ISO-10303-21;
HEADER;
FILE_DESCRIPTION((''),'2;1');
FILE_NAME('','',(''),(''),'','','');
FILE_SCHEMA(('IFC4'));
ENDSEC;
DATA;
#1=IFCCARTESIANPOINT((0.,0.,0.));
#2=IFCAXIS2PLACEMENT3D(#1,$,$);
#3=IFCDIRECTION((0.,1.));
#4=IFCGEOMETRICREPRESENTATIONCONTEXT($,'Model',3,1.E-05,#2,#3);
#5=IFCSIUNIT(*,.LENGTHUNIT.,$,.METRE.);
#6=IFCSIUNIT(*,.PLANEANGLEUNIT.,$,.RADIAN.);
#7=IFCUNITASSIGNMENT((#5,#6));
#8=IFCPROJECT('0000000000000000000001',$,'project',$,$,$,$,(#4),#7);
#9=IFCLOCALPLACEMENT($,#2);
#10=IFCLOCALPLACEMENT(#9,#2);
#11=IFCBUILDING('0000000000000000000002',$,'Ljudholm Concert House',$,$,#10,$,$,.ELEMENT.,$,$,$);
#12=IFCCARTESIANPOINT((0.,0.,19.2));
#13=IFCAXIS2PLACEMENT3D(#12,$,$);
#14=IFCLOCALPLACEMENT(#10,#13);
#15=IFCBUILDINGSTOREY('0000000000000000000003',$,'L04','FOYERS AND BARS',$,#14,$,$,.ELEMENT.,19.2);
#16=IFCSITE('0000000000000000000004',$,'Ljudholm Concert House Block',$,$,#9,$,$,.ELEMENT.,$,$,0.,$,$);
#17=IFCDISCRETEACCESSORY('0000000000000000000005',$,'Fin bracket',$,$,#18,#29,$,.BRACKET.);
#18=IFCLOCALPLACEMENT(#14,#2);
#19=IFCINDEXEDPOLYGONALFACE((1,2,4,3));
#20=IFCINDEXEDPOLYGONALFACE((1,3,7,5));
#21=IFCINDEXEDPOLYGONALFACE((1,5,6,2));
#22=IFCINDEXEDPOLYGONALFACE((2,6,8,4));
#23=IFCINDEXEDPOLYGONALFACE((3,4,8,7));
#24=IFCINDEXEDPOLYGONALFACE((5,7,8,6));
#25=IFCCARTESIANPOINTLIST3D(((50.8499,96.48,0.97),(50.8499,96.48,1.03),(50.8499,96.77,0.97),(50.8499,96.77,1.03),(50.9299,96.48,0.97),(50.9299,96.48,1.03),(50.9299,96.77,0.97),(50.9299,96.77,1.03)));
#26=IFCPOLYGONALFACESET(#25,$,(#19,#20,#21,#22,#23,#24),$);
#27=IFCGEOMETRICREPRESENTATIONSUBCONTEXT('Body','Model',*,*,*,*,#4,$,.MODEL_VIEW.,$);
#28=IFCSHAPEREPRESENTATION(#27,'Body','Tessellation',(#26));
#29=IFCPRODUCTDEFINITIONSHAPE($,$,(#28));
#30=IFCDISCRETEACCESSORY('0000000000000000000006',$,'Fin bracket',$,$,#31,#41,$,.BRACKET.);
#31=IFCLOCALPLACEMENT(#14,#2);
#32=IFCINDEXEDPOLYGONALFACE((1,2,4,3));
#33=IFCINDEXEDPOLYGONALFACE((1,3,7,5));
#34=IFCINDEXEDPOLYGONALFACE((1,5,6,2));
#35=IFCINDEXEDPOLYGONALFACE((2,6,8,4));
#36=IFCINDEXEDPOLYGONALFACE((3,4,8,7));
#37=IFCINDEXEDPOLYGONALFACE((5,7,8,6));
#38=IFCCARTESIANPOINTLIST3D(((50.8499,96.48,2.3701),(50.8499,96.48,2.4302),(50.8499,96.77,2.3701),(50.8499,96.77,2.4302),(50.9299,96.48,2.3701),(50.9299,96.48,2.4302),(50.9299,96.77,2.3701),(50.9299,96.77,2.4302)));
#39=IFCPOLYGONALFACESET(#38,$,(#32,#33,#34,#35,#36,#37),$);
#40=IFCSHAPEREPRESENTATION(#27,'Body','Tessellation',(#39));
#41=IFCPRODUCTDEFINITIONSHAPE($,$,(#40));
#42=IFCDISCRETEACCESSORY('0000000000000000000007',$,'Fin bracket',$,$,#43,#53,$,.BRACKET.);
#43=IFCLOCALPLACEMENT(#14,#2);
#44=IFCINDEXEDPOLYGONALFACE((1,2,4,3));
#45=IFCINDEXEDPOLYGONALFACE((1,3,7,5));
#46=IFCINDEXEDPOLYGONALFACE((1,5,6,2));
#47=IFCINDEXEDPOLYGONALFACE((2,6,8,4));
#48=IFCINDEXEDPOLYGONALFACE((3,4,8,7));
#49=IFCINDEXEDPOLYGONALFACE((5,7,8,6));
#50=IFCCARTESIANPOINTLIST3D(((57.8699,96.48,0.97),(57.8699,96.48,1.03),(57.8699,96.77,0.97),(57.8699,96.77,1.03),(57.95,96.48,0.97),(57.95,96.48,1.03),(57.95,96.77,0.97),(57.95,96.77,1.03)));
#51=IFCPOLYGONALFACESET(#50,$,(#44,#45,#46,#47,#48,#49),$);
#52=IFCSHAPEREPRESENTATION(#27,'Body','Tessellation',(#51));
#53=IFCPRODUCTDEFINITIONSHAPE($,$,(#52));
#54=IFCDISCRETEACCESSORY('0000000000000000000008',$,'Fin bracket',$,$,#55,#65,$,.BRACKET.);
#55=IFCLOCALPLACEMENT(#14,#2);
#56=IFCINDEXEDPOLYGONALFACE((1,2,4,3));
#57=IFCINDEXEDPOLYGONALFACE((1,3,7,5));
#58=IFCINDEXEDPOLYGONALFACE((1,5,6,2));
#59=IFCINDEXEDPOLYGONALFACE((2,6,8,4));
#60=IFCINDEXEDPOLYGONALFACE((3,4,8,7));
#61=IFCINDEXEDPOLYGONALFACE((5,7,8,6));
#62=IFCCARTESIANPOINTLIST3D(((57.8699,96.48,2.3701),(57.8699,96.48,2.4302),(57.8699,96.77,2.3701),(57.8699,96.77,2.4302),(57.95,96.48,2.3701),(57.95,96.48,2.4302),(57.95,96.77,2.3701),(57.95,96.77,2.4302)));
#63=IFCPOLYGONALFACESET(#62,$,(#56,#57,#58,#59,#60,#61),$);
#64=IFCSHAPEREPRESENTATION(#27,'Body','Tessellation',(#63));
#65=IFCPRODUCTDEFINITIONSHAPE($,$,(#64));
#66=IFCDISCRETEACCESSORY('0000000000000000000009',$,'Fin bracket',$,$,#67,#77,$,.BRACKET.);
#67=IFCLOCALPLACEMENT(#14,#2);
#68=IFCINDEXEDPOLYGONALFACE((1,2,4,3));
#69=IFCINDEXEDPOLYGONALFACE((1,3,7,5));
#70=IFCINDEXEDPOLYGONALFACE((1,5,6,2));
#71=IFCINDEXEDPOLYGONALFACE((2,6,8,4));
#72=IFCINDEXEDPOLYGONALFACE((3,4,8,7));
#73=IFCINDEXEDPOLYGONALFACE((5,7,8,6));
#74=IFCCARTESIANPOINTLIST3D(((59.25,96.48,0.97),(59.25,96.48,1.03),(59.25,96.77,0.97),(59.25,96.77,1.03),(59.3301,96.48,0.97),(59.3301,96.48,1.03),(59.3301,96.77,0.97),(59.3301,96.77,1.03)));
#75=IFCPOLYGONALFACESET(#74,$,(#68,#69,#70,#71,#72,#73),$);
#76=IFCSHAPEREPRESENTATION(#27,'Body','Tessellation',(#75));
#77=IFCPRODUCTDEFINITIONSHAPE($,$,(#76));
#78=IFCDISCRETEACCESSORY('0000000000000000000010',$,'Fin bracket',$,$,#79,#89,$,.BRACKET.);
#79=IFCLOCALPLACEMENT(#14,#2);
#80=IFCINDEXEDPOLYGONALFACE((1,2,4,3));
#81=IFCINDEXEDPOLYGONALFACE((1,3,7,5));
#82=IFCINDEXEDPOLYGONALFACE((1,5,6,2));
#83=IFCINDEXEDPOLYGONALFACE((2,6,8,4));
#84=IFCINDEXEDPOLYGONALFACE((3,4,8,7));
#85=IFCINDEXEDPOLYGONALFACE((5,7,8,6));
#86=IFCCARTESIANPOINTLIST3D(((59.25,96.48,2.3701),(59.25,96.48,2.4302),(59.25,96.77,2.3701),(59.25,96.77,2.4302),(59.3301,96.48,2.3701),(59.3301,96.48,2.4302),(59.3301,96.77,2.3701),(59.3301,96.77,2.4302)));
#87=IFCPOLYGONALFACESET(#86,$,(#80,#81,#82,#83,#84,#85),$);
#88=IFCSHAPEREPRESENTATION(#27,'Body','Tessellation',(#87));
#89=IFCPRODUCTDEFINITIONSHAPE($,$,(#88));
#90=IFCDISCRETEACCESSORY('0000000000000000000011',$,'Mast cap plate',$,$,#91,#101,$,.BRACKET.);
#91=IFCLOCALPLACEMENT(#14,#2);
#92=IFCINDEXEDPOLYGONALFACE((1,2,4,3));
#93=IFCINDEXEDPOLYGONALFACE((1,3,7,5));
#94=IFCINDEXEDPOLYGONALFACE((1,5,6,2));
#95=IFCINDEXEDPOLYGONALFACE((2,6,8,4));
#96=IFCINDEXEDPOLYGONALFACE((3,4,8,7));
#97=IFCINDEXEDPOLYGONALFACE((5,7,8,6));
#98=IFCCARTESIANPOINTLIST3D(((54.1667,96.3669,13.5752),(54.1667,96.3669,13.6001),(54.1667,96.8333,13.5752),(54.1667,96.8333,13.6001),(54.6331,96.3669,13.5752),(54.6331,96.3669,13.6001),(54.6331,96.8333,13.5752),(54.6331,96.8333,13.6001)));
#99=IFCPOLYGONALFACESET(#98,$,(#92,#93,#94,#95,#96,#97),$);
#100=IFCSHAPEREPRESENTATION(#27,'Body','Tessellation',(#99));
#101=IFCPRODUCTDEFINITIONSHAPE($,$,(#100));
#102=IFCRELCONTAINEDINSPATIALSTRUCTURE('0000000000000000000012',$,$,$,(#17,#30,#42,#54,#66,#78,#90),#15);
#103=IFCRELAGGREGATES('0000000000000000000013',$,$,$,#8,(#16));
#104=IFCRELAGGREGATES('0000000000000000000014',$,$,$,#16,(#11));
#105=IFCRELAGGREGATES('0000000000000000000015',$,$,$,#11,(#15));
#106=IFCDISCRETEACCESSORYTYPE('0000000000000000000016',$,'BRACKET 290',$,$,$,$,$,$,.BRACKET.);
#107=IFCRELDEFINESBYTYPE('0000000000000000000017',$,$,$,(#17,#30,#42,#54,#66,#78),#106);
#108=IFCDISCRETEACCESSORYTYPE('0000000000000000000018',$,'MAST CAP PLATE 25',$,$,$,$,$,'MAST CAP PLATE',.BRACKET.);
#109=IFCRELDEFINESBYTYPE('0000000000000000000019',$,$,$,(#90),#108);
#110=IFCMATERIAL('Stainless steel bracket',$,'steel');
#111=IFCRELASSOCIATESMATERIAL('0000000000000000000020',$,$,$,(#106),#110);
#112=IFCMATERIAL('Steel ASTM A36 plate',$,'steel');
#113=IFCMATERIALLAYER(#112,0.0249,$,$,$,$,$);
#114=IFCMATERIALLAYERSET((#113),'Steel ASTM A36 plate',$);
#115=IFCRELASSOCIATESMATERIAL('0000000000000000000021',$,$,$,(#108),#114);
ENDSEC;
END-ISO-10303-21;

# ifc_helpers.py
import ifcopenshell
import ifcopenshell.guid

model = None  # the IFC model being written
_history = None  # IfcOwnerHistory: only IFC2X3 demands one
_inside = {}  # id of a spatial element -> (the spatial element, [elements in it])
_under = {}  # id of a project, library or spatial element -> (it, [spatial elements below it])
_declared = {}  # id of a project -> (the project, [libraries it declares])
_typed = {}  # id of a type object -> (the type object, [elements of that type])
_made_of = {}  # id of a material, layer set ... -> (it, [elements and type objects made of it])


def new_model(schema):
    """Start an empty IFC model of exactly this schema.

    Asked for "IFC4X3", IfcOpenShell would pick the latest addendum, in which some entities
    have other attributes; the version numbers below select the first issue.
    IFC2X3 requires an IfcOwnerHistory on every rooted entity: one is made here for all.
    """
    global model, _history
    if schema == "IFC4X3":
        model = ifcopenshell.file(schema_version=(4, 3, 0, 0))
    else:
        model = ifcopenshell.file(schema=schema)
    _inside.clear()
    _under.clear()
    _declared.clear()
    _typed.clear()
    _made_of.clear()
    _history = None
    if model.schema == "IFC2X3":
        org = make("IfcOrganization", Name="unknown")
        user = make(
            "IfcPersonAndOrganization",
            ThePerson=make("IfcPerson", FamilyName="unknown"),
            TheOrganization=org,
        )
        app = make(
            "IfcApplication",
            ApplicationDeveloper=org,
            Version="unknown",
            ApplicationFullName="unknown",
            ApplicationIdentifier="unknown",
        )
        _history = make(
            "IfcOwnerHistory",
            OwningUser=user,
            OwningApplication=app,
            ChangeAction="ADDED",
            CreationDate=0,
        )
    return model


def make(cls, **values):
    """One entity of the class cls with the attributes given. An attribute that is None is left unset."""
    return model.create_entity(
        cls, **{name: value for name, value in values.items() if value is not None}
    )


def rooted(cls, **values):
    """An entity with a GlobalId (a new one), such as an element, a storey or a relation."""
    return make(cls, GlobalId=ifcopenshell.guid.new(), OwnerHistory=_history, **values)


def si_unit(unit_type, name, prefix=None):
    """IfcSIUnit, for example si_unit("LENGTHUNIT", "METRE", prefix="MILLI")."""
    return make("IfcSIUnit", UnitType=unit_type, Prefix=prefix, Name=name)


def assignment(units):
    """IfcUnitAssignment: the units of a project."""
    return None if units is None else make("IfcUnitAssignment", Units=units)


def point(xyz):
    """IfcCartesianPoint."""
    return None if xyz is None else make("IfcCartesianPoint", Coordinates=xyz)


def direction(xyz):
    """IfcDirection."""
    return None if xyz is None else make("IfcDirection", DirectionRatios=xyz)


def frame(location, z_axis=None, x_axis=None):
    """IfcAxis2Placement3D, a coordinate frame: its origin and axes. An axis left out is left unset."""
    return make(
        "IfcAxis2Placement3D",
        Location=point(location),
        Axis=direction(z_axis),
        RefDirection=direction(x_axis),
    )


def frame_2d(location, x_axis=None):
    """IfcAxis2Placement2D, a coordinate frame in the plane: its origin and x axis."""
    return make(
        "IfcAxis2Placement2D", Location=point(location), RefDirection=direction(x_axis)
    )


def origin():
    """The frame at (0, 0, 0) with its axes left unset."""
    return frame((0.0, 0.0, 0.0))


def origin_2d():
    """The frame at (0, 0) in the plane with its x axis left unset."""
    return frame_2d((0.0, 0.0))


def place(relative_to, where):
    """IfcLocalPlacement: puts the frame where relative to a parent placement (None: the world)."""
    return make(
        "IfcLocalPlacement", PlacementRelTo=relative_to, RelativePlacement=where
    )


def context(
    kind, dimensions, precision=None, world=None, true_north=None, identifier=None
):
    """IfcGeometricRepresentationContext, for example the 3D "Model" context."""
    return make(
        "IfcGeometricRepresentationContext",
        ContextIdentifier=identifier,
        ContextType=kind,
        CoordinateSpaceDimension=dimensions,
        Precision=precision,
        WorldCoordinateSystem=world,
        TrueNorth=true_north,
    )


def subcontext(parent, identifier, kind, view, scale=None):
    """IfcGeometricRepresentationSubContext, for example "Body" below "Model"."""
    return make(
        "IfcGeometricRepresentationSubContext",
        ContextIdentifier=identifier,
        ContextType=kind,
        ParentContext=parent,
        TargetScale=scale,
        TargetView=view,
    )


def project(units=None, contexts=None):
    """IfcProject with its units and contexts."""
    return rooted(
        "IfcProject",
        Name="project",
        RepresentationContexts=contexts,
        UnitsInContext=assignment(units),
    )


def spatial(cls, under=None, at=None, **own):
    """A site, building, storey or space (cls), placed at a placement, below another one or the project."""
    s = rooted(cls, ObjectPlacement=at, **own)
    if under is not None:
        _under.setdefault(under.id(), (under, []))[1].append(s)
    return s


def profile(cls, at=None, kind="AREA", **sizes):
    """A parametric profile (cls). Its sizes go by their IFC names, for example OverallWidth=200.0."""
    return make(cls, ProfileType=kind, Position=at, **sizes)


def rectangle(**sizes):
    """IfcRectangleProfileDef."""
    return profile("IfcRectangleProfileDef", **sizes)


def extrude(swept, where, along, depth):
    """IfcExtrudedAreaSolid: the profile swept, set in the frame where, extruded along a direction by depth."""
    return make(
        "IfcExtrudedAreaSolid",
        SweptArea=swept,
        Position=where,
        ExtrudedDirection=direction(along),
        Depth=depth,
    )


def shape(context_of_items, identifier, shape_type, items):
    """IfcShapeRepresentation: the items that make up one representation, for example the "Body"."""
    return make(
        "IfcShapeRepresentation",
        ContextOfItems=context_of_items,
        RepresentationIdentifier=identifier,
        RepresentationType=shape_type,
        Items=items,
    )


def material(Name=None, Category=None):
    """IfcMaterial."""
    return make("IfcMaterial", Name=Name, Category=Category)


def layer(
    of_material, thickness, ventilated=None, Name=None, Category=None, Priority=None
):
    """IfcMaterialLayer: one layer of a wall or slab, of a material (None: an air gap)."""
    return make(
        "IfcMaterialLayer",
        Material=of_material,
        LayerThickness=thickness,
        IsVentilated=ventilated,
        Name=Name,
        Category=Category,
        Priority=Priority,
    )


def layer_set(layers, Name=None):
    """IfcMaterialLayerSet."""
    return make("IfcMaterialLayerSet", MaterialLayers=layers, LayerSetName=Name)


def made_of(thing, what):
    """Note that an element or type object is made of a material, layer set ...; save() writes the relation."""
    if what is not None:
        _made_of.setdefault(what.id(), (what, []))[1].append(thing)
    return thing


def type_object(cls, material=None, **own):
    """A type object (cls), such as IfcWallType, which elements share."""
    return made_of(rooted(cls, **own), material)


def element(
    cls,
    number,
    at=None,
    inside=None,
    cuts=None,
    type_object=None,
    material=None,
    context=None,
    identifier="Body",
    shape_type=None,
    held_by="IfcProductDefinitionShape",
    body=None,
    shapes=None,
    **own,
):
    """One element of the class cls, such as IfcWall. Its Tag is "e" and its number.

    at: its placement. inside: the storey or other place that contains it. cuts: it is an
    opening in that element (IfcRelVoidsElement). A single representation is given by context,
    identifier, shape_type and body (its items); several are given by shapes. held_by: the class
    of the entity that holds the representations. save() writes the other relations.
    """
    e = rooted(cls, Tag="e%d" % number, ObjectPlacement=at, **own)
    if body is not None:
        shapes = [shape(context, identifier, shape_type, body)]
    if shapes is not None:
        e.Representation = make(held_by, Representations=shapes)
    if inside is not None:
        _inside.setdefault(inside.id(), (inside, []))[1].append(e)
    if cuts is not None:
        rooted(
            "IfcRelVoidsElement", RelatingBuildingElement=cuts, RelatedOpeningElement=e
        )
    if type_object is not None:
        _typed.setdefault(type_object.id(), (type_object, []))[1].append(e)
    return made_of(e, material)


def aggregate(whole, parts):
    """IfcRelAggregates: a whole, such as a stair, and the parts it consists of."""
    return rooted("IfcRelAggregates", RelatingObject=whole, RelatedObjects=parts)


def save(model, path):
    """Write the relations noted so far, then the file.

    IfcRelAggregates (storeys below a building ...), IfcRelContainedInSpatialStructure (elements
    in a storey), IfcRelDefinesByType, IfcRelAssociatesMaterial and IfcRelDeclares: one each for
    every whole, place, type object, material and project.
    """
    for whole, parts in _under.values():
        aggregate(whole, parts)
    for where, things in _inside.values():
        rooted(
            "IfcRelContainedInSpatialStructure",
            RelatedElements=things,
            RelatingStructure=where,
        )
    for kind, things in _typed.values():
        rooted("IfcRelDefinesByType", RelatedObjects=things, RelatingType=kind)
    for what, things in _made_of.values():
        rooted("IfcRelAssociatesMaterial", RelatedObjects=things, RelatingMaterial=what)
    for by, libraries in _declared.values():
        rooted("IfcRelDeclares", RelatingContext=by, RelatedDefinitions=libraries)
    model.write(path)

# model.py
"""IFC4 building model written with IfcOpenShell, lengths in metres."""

from ifc_helpers import new_model, si_unit, direction, frame, origin, origin_2d, place, context, subcontext, project, spatial, rectangle, extrude, material, layer, layer_set, type_object, element, save


model = new_model("IFC4")

# Units and contexts
model_context = context("Model", 3, precision=1e-05, world=origin(), true_north=direction((0.0, 1.0)))
body_context = subcontext(model_context, "Body", "Model", "MODEL_VIEW")
ifc_project = project(units=[si_unit("LENGTHUNIT", "METRE"), si_unit("PLANEANGLEUNIT", "RADIAN")], contexts=[model_context])

# Site, building, storey
site_placement = place(None, origin())
site = spatial("IfcSite", under=ifc_project, at=site_placement, Name="Ljudholm Concert House Block", CompositionType="ELEMENT", RefElevation=0.0)
building_placement = place(site_placement, origin())
building = spatial("IfcBuilding", under=site, at=building_placement, Name="Ljudholm Concert House", CompositionType="ELEMENT")
storey_placement = place(building_placement, frame((0.0, 0.0, 19.2)))
storey = spatial("IfcBuildingStorey", under=building, at=storey_placement, Name="L04", Description="FOYERS AND BARS", CompositionType="ELEMENT", Elevation=19.2)

# Discrete accessories
ifc_material_1 = material(Name="Stainless steel bracket", Category="steel")
discrete_accessory_type_1 = type_object("IfcDiscreteAccessoryType", Name="BRACKET 290", PredefinedType="BRACKET", material=ifc_material_1)
for number, where, z_axis, x_axis, name in (
    (1, (50.8899, 96.625, 0.97), (0.0, 0.0, 1.0), (0.0, 1.0, 0.0), "Fin bracket"),
    (2, (50.8899, 96.625, 2.3701), (0.0, 0.0, 1.0), (0.0, 1.0, 0.0), "Fin bracket"),
    (3, (57.9099, 96.625, 0.97), (0.0, 0.0, 1.0), (0.0, 1.0, 0.0), "Fin bracket"),
    (4, (57.9099, 96.625, 2.3701), (0.0, 0.0, 1.0), (0.0, 1.0, 0.0), "Fin bracket"),
    (5, (59.29, 96.625, 0.97), (0.0, 0.0, 1.0), (0.0, 1.0, 0.0), "Fin bracket"),
    (6, (59.29, 96.625, 2.3701), (0.0, 0.0, 1.0), (0.0, 1.0, 0.0), "Fin bracket"),
):
    element("IfcDiscreteAccessory", number, at=place(storey_placement, frame(where, z_axis=z_axis, x_axis=x_axis)), inside=storey, type_object=discrete_accessory_type_1, Name=name, PredefinedType="BRACKET", context=body_context, shape_type="SweptSolid", body=[
        extrude(rectangle(XDim=0.29, YDim=0.0801, at=origin_2d()), origin(), (0.0, 0.0, 1.0), 0.0601),
    ])
ifc_material_2 = material(Name="Steel ASTM A36 plate", Category="steel")
ifc_layer_1 = layer(ifc_material_2, 0.0249)
ifc_layer_set_1 = layer_set([ifc_layer_1], Name="Steel ASTM A36 plate")
discrete_accessory_type_2 = type_object("IfcDiscreteAccessoryType", Name="MAST CAP PLATE 25", ElementType="MAST CAP PLATE", PredefinedType="BRACKET", material=ifc_layer_set_1)
discrete_accessory_placement = place(storey_placement, frame((54.3999, 96.6001, 13.5752), z_axis=(0.0, 0.0, 1.0), x_axis=(1.0, 0.0, 0.0)))
element("IfcDiscreteAccessory", 7, at=discrete_accessory_placement, inside=storey, type_object=discrete_accessory_type_2, Name="Mast cap plate", PredefinedType="BRACKET", context=body_context, shape_type="SweptSolid", body=[
    extrude(rectangle(XDim=0.4663, YDim=0.4663, at=origin_2d()), origin(), (0.0, 0.0, 1.0), 0.0249),
])

save(model, "model.ifc")
